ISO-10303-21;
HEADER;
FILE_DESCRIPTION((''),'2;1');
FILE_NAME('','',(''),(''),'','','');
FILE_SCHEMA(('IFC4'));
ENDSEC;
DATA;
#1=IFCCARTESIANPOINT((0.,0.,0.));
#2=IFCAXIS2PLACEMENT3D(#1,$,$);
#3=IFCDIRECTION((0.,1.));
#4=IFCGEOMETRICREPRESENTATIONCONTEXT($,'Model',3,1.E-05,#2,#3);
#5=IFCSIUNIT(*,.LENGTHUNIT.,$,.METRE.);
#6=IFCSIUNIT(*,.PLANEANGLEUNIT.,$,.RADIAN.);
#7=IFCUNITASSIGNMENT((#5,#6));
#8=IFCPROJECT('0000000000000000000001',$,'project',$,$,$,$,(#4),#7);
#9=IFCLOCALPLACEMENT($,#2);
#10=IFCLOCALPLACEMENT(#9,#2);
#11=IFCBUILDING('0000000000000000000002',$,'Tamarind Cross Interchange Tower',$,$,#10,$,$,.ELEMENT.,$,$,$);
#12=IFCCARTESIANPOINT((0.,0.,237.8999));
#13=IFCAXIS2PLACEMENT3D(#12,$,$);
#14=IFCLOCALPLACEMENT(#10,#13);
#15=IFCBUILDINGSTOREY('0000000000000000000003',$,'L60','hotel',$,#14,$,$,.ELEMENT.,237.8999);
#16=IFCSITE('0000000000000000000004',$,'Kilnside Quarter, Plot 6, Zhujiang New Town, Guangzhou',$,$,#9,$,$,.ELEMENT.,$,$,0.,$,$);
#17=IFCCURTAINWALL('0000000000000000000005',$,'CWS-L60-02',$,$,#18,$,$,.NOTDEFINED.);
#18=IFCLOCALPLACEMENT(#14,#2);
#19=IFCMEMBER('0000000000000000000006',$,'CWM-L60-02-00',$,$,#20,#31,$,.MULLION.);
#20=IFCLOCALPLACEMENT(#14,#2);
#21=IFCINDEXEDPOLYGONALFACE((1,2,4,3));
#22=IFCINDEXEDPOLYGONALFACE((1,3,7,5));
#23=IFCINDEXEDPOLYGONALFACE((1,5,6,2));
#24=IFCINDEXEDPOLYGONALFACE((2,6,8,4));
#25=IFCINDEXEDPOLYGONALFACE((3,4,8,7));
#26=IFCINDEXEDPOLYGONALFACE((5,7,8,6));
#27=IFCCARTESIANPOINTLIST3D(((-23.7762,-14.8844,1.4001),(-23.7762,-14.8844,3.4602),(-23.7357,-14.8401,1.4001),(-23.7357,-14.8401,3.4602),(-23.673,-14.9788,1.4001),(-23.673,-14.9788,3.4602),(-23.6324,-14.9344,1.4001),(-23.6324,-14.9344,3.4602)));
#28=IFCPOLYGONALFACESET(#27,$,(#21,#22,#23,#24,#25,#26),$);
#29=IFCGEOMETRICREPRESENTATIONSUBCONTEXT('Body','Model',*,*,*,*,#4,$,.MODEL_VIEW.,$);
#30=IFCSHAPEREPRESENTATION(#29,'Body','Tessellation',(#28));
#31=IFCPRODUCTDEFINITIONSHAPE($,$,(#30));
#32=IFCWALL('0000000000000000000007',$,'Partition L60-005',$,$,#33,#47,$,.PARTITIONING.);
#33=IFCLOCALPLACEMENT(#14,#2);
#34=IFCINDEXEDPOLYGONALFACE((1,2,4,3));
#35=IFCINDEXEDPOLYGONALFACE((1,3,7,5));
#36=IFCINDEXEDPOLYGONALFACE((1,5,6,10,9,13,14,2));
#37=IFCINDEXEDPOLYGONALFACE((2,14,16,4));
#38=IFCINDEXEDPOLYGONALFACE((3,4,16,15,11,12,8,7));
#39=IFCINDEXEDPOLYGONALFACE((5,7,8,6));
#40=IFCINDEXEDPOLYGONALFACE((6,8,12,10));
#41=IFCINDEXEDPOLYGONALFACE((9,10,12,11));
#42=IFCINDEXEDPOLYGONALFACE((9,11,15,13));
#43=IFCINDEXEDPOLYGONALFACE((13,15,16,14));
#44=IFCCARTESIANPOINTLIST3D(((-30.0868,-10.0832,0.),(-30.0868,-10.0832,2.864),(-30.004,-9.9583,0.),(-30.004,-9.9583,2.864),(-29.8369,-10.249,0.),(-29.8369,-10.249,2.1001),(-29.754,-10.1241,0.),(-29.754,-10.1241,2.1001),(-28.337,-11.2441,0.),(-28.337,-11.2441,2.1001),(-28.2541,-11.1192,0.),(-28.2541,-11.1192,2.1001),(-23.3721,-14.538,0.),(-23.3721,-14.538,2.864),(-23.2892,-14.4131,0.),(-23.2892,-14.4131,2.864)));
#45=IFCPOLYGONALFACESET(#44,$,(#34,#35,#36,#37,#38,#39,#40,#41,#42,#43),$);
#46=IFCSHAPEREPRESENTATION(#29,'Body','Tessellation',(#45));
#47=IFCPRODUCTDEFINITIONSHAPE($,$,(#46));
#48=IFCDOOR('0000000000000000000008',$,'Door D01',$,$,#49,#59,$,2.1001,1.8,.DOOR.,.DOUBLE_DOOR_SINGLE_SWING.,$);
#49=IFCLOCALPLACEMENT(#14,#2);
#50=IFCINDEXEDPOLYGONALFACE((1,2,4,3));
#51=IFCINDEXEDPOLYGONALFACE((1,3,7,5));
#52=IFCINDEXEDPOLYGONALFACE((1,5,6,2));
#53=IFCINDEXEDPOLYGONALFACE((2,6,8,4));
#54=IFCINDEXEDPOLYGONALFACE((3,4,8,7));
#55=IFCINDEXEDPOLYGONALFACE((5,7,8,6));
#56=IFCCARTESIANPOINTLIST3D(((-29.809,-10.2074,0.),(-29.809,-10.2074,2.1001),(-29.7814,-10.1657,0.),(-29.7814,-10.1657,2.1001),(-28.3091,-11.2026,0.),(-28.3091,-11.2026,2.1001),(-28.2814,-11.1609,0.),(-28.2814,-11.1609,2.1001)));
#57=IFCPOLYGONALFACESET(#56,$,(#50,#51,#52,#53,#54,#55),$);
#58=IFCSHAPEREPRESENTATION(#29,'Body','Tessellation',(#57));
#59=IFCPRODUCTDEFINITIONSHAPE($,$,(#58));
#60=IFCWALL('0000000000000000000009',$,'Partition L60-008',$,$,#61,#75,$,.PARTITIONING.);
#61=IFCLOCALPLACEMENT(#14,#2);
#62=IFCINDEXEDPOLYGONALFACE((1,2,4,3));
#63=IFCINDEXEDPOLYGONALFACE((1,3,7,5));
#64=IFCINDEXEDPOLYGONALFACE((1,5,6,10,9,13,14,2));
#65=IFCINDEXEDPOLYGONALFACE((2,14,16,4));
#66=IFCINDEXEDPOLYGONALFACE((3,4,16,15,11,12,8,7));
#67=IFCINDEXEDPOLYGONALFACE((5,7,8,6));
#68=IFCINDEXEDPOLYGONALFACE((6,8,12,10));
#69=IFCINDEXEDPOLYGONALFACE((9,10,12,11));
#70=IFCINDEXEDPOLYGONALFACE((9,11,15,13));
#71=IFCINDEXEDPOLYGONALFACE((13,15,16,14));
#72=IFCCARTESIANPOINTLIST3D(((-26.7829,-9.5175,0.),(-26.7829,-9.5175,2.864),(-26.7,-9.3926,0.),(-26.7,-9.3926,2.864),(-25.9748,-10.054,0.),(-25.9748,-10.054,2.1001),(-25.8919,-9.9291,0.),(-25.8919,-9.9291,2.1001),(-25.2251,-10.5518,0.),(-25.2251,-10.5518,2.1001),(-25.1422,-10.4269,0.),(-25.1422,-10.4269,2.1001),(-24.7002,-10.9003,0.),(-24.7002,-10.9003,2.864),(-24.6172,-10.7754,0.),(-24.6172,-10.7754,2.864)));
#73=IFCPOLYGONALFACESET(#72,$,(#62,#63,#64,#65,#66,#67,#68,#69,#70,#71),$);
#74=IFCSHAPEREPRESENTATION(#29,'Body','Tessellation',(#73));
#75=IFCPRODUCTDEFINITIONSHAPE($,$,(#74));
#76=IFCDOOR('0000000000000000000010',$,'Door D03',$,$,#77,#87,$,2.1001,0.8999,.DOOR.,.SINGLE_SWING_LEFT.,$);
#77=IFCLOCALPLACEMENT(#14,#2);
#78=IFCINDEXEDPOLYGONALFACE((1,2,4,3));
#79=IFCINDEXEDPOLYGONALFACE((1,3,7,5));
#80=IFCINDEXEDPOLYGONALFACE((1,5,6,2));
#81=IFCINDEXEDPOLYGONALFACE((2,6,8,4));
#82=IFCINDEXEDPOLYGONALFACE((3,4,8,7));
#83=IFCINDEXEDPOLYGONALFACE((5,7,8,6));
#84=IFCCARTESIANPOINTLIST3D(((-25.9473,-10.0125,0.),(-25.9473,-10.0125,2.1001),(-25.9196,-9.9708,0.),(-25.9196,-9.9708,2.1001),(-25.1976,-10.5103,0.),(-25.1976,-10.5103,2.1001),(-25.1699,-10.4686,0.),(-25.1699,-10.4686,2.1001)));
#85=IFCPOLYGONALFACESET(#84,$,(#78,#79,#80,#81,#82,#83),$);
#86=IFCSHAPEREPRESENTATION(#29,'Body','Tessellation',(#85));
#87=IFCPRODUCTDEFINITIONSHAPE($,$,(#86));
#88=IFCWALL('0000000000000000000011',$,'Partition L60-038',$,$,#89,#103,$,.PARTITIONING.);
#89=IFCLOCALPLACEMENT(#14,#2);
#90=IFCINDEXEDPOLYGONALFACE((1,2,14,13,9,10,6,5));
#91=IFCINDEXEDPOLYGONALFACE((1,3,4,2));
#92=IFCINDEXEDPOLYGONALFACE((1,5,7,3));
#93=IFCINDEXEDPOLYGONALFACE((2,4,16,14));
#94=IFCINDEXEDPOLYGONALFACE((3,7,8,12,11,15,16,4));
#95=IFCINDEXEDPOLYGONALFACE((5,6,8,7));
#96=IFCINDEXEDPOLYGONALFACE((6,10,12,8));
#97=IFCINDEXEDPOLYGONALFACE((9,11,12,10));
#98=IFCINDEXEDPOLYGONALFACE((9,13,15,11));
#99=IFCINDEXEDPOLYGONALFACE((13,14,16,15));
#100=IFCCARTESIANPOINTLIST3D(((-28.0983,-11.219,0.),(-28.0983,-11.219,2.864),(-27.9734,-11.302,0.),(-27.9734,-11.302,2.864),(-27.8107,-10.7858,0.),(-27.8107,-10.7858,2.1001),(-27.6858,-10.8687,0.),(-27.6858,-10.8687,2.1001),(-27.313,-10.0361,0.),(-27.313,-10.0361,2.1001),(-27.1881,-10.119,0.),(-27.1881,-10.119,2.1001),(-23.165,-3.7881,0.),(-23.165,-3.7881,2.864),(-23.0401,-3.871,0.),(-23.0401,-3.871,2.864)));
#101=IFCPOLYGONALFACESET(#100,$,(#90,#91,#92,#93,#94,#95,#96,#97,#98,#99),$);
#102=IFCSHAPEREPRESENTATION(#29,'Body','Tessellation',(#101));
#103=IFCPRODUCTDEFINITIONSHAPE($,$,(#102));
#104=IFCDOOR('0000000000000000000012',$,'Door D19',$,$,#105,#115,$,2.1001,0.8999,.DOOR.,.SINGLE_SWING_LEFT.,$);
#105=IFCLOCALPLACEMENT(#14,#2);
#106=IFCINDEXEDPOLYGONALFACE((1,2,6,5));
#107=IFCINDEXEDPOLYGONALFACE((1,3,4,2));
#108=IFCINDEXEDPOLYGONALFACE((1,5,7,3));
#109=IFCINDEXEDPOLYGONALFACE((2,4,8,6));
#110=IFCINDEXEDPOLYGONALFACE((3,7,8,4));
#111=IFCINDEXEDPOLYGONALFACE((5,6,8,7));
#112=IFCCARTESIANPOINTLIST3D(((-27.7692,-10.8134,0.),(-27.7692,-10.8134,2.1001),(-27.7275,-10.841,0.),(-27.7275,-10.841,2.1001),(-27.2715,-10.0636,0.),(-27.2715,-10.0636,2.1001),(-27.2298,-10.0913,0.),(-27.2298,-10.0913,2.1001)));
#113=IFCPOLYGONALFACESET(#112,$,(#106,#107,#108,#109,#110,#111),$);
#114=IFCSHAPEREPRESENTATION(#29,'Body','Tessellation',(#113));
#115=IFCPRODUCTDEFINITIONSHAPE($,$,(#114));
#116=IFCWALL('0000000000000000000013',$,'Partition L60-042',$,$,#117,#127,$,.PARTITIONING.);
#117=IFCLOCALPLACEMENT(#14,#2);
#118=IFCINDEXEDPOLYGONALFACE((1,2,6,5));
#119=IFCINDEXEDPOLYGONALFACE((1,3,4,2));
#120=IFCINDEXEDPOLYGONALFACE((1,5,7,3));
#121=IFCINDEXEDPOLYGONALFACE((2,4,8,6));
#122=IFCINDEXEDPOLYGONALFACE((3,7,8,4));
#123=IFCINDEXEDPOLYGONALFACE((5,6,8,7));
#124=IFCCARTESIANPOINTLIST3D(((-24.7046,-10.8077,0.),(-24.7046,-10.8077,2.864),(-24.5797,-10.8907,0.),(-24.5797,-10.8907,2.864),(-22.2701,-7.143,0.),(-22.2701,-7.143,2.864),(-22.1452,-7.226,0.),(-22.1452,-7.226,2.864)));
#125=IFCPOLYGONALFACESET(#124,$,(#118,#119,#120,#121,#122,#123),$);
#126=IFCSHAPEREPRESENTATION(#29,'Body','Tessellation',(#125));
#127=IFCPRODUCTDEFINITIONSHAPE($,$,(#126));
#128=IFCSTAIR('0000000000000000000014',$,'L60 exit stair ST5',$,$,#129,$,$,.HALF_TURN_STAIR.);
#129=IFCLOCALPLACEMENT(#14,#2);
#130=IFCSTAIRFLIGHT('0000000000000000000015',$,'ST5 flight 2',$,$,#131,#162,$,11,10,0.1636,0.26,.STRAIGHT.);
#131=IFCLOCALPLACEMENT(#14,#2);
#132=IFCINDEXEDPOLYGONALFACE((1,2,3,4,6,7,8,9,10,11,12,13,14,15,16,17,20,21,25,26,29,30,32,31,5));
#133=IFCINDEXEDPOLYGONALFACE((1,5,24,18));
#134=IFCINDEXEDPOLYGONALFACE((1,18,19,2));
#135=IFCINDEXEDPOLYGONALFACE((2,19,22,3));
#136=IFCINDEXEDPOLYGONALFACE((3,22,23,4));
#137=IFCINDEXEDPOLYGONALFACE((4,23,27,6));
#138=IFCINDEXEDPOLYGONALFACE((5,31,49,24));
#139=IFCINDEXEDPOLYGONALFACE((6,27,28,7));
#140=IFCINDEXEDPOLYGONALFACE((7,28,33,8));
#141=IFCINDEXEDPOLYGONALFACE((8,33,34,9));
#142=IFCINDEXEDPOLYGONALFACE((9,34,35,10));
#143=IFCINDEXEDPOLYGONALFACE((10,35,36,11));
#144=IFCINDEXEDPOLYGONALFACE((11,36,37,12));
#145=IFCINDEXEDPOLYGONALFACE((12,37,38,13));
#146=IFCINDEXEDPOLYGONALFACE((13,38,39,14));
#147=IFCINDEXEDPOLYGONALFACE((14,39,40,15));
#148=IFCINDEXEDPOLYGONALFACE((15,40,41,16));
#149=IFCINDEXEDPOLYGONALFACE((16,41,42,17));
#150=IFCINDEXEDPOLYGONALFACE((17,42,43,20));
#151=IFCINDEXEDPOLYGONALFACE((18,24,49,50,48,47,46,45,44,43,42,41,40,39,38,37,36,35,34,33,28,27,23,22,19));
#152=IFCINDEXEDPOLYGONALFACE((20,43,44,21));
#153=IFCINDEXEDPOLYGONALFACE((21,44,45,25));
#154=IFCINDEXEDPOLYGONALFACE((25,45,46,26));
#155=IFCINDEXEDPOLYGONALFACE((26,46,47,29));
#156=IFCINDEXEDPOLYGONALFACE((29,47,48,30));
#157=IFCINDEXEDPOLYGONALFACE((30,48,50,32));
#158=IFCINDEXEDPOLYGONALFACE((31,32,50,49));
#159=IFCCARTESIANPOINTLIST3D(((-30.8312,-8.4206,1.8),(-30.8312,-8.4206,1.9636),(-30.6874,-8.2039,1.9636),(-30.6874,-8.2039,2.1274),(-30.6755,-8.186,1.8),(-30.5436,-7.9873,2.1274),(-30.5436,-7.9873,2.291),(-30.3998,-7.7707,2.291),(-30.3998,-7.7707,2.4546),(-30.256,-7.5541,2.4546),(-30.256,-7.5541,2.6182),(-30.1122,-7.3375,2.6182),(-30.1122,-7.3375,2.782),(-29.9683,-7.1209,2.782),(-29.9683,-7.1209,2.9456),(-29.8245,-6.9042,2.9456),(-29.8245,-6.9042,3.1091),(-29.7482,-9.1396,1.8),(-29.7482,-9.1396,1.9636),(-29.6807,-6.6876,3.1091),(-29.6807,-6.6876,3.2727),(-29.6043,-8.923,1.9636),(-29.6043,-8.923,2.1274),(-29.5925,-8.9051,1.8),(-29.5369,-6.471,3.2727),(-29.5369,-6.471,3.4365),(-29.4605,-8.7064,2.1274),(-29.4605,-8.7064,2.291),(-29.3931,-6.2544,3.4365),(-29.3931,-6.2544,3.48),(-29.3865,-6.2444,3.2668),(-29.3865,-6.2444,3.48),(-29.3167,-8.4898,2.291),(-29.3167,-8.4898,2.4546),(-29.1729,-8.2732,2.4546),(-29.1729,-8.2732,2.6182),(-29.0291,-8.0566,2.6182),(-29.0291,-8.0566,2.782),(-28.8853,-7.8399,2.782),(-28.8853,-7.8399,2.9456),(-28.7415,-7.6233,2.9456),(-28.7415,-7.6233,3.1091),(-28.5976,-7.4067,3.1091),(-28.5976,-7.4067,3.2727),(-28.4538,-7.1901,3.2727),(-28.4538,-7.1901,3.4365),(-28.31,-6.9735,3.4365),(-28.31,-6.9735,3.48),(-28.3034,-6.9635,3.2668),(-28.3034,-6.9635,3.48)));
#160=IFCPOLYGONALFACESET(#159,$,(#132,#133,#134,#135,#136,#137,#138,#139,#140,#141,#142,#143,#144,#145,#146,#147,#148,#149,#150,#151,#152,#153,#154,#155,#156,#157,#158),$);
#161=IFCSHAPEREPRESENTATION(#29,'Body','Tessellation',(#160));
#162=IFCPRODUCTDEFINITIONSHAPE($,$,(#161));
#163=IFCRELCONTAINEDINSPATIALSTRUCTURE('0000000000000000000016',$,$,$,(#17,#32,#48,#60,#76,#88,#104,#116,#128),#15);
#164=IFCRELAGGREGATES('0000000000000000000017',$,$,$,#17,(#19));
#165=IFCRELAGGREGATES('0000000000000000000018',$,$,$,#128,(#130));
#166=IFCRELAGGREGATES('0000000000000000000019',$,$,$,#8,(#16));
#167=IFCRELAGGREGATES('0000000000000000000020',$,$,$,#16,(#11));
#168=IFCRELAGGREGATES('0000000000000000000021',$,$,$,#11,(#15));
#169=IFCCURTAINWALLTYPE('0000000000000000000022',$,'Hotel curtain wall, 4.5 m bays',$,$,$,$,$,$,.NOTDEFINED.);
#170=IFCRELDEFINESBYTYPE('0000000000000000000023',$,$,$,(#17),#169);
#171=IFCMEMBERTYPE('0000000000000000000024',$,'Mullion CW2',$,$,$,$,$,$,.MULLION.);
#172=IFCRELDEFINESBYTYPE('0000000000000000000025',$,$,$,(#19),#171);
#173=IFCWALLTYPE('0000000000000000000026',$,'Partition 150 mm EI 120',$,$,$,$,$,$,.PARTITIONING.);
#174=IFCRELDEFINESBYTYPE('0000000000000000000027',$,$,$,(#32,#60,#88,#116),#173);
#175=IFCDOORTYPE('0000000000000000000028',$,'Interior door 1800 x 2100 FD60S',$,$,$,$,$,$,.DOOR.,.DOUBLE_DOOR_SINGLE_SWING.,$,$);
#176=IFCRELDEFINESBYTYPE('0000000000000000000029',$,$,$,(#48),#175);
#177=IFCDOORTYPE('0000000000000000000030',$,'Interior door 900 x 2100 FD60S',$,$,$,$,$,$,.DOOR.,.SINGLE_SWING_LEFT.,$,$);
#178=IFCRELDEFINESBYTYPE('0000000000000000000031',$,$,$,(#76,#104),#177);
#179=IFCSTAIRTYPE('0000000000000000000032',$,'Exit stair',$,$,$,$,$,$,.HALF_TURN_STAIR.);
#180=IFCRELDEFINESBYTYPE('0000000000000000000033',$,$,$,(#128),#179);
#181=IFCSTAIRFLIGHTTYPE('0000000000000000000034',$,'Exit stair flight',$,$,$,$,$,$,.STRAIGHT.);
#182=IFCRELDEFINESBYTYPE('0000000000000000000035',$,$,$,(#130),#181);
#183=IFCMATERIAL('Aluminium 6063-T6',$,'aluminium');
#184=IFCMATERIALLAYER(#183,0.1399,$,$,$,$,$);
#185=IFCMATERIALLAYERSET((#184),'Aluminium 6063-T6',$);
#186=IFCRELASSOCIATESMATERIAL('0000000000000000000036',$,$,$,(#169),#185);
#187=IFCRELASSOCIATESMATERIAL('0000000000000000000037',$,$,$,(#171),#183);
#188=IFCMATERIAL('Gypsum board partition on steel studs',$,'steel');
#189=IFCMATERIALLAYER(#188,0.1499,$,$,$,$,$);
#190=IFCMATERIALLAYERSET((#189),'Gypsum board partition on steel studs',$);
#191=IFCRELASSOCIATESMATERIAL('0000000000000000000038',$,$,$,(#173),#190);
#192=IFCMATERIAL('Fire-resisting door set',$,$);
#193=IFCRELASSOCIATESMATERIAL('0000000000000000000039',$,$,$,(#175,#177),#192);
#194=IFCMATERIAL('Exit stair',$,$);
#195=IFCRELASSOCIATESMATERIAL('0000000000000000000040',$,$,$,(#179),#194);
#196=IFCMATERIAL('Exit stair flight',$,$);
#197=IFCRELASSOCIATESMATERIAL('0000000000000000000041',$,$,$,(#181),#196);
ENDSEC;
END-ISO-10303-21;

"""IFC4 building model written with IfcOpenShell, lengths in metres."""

from ifc_helpers import new_model, si_unit, direction, frame, frame_2d, origin, origin_2d, place, context, subcontext, project, spatial, polyline, rectangle, outline, extrude, material, layer, layer_set, material_profile, profile_set, type_object, element, fill, aggregate, save


model = new_model("IFC4")

# Units and contexts
model_context = context("Model", 3, precision=1e-05, world=origin(), true_north=direction((0.0, 1.0)))
body_context = subcontext(model_context, "Body", "Model", "MODEL_VIEW")
ifc_project = project(units=[si_unit("LENGTHUNIT", "METRE"), si_unit("PLANEANGLEUNIT", "RADIAN")], contexts=[model_context])

# Site, building, storey
site_placement = place(None, origin())
site = spatial("IfcSite", under=ifc_project, at=site_placement, Name="Kilnside Quarter, Plot 6, Zhujiang New Town, Guangzhou", CompositionType="ELEMENT", RefElevation=0.0)
building_placement = place(site_placement, origin())
building = spatial("IfcBuilding", under=site, at=building_placement, Name="Tamarind Cross Interchange Tower", CompositionType="ELEMENT")
storey_placement = place(building_placement, frame((0.0, 0.0, 237.8999)))
storey = spatial("IfcBuildingStorey", under=building, at=storey_placement, Name="L60", Description="hotel", CompositionType="ELEMENT", Elevation=237.8999)

# Shared definitions
ifc_material_1 = material(Name="Aluminium 6063-T6", Category="aluminium")
ifc_layer_1 = layer(ifc_material_1, 0.1399)
ifc_layer_set_1 = layer_set([ifc_layer_1], Name="Aluminium 6063-T6")
curtain_wall_type = type_object("IfcCurtainWallType", Name="Hotel curtain wall, 4.5 m bays", PredefinedType="NOTDEFINED", material=ifc_layer_set_1)
ifc_material_profile_1 = material_profile(ifc_material_1, rectangle(XDim=0.0601, YDim=0.1399, at=origin_2d()), Name="Mullion CW2")
ifc_profile_set_1 = profile_set([ifc_material_profile_1], Name="Aluminium 6063-T6")
member_type = type_object("IfcMemberType", Name="Mullion CW2", PredefinedType="MULLION", material=ifc_profile_set_1)

# Curtain wall, member
curtain_wall_1_placement = place(storey_placement, origin())
curtain_wall_1 = element("IfcCurtainWall", 1, at=curtain_wall_1_placement, inside=storey, type_object=curtain_wall_type, Name="CWS-L60-02", PredefinedType="NOTDEFINED")
member_1_placement = place(storey_placement, frame((-23.7043, -14.9094, 1.4001), z_axis=(0.0, 0.0, 1.0), x_axis=(0.674415, 0.738352, 0.0)))
member_1 = element("IfcMember", 2, at=member_1_placement, type_object=member_type, Name="CWM-L60-02-00", PredefinedType="MULLION", context=body_context, shape_type="SweptSolid", body=[
    extrude(rectangle(XDim=0.0601, YDim=0.1399, at=origin_2d()), origin(), (0.0, 0.0, 1.0), 2.0601),
])
aggregate(curtain_wall_1, [member_1])

# Walls, openings, doors
ifc_material_2 = material(Name="Gypsum board partition on steel studs", Category="steel")
ifc_layer_2 = layer(ifc_material_2, 0.1499)
ifc_layer_set_2 = layer_set([ifc_layer_2], Name="Gypsum board partition on steel studs")
wall_type = type_object("IfcWallType", Name="Partition 150 mm EI 120", PredefinedType="PARTITIONING", material=ifc_layer_set_2)
wall_1_placement = place(storey_placement, frame((-30.0454, -10.0208, 0.0), z_axis=(0.0, 0.0, 1.0), x_axis=(0.833293, -0.552832, 0.0)))
wall_1 = element("IfcWall", 3, at=wall_1_placement, inside=storey, type_object=wall_type, Name="Partition L60-005", PredefinedType="PARTITIONING", context=body_context, shape_type="SweptSolid", body=[
    extrude(rectangle(XDim=8.0581, YDim=0.1499, at=frame_2d((4.0291, 0.0))), origin(), (0.0, 0.0, 1.0), 2.864),
])
opening_1_placement = place(wall_1_placement, frame((0.3, 0.0, 0.0)))
opening_1 = element("IfcOpeningElement", 4, at=opening_1_placement, cuts=wall_1, PredefinedType="OPENING", context=body_context, shape_type="SweptSolid", body=[
    extrude(rectangle(XDim=1.8, YDim=2.1001, at=frame_2d((0.8999, 1.05))), frame((0.0, 0.085, 0.0), z_axis=(0.0, -1.0, 0.0), x_axis=(1.0, 0.0, 0.0)), (0.0, 0.0, 1.0), 0.1699),
])
ifc_material_3 = material(Name="Fire-resisting door set")
door_type_1 = type_object("IfcDoorType", Name="Interior door 1800 x 2100 FD60S", OperationType="DOUBLE_DOOR_SINGLE_SWING", PredefinedType="DOOR", material=ifc_material_3)
door_1_placement = place(opening_1_placement, frame((1.8, 0.0, 0.0), z_axis=(0.0, 0.0, 1.0), x_axis=(-1.0, 0.0, 0.0)))
door_1 = element("IfcDoor", 5, at=door_1_placement, inside=storey, type_object=door_type_1, Name="Door D01", OperationType="DOUBLE_DOOR_SINGLE_SWING", OverallHeight=2.1001, OverallWidth=1.8, PredefinedType="DOOR", context=body_context, shape_type="SweptSolid", body=[
    extrude(rectangle(XDim=1.8, YDim=2.1001, at=frame_2d((0.8999, 1.05))), frame((0.0, 0.0249, 0.0), z_axis=(0.0, -1.0, 0.0), x_axis=(1.0, 0.0, 0.0)), (0.0, 0.0, 1.0), 0.05),
])
fill(opening_1, door_1)
wall_2_placement = place(storey_placement, frame((-26.7415, -9.4551, 0.0), z_axis=(0.0, 0.0, 1.0), x_axis=(0.8331, -0.553122, 0.0)))
wall_2 = element("IfcWall", 6, at=wall_2_placement, inside=storey, type_object=wall_type, Name="Partition L60-008", PredefinedType="PARTITIONING", context=body_context, shape_type="SweptSolid", body=[
    extrude(rectangle(XDim=2.5, YDim=0.1499, at=frame_2d((1.25, 0.0))), origin(), (0.0, 0.0, 1.0), 2.864),
])
opening_2_placement = place(wall_2_placement, frame((0.97, 0.0, 0.0)))
opening_2 = element("IfcOpeningElement", 7, at=opening_2_placement, cuts=wall_2, PredefinedType="OPENING", context=body_context, shape_type="SweptSolid", body=[
    extrude(rectangle(XDim=0.8999, YDim=2.1001, at=frame_2d((0.45, 1.05))), frame((0.0, 0.085, 0.0), z_axis=(0.0, -1.0, 0.0), x_axis=(1.0, 0.0, 0.0)), (0.0, 0.0, 1.0), 0.1699),
])
door_type_2 = type_object("IfcDoorType", Name="Interior door 900 x 2100 FD60S", OperationType="SINGLE_SWING_LEFT", PredefinedType="DOOR", material=ifc_material_3)
door_2_placement = place(opening_2_placement, origin())
door_2 = element("IfcDoor", 8, at=door_2_placement, inside=storey, type_object=door_type_2, Name="Door D03", OperationType="SINGLE_SWING_LEFT", OverallHeight=2.1001, OverallWidth=0.8999, PredefinedType="DOOR", context=body_context, shape_type="SweptSolid", body=[
    extrude(rectangle(XDim=0.8999, YDim=2.1001, at=frame_2d((0.45, 1.05))), frame((0.0, 0.0249, 0.0), z_axis=(0.0, -1.0, 0.0), x_axis=(1.0, 0.0, 0.0)), (0.0, 0.0, 1.0), 0.05),
])
fill(opening_2, door_2)
wall_3_placement = place(storey_placement, frame((-28.0359, -11.2605, 0.0), z_axis=(0.0, 0.0, 1.0), x_axis=(0.553101, 0.833114, 0.0)))
wall_3 = element("IfcWall", 9, at=wall_3_placement, inside=storey, type_object=wall_type, Name="Partition L60-038", PredefinedType="PARTITIONING", context=body_context, shape_type="SweptSolid", body=[
    extrude(rectangle(XDim=8.9194, YDim=0.1499, at=frame_2d((4.4597, 0.0))), origin(), (0.0, 0.0, 1.0), 2.864),
])
opening_3_placement = place(wall_3_placement, frame((0.52, 0.0, 0.0)))
opening_3 = element("IfcOpeningElement", 10, at=opening_3_placement, cuts=wall_3, PredefinedType="OPENING", context=body_context, shape_type="SweptSolid", body=[
    extrude(rectangle(XDim=0.8999, YDim=2.1001, at=frame_2d((0.45, 1.05))), frame((0.0, 0.085, 0.0), z_axis=(0.0, -1.0, 0.0), x_axis=(1.0, 0.0, 0.0)), (0.0, 0.0, 1.0), 0.1699),
])
door_3_placement = place(opening_3_placement, frame((0.8999, 0.0, 0.0), z_axis=(0.0, 0.0, 1.0), x_axis=(-1.0, 0.0, 0.0)))
door_3 = element("IfcDoor", 11, at=door_3_placement, inside=storey, type_object=door_type_2, Name="Door D19", OperationType="SINGLE_SWING_LEFT", OverallHeight=2.1001, OverallWidth=0.8999, PredefinedType="DOOR", context=body_context, shape_type="SweptSolid", body=[
    extrude(rectangle(XDim=0.8999, YDim=2.1001, at=frame_2d((0.45, 1.05))), frame((0.0, 0.0249, 0.0), z_axis=(0.0, -1.0, 0.0), x_axis=(1.0, 0.0, 0.0)), (0.0, 0.0, 1.0), 0.05),
])
fill(opening_3, door_3)

# Wall
wall_4_placement = place(storey_placement, frame((-24.6421, -10.8491, 0.0), z_axis=(0.0, 0.0, 1.0), x_axis=(0.553342, 0.832954, 0.0)))
element("IfcWall", 12, at=wall_4_placement, inside=storey, type_object=wall_type, Name="Partition L60-042", PredefinedType="PARTITIONING", context=body_context, shape_type="SweptSolid", body=[
    extrude(rectangle(XDim=4.3997, YDim=0.1499, at=frame_2d((2.1997, 0.0))), origin(), (0.0, 0.0, 1.0), 2.864),
])

# Stair, stair flight
ifc_material_4 = material(Name="Exit stair")
stair_type = type_object("IfcStairType", Name="Exit stair", PredefinedType="HALF_TURN_STAIR", material=ifc_material_4)
stair_placement = place(storey_placement, origin())
stair = element("IfcStair", 13, at=stair_placement, inside=storey, type_object=stair_type, Name="L60 exit stair ST5", PredefinedType="HALF_TURN_STAIR")
ifc_material_5 = material(Name="Exit stair flight")
stair_flight_type = type_object("IfcStairFlightType", Name="Exit stair flight", PredefinedType="STRAIGHT", material=ifc_material_5)
stair_flight_placement = place(storey_placement, frame((-30.2898, -8.78, 1.8), z_axis=(0.0, 0.0, 1.0), x_axis=(0.553112, 0.833107, 0.0)))
stair_flight = element("IfcStairFlight", 14, at=stair_flight_placement, type_object=stair_flight_type, Name="ST5 flight 2", NumberOfRisers=11, NumberOfTreads=10, PredefinedType="STRAIGHT", RiserHeight=0.1636, TreadLength=0.26, context=body_context, shape_type="SweptSolid", body=[
    extrude(outline(polyline([(0.0, 0.0), (0.0, 0.1636), (0.26, 0.1636), (0.26, 0.3274), (0.52, 0.3274), (0.52, 0.491), (0.78, 0.491), (0.78, 0.6545), (1.04, 0.6545), (1.04, 0.8181), (1.3, 0.8181), (1.3, 0.9819), (1.5601, 0.9819), (1.5601, 1.1455), (1.8201, 1.1455), (1.8201, 1.3091), (2.0801, 1.3091), (2.0801, 1.4727), (2.3401, 1.4727), (2.3401, 1.6365), (2.6001, 1.6365), (2.6001, 1.6799), (2.6121, 1.6799), (2.6121, 1.4668), (0.2815, 0.0), (0.0, 0.0)])), frame((0.0, 0.6499, 0.0), z_axis=(0.0, -1.0, 0.0), x_axis=(1.0, 0.0, 0.0)), (0.0, 0.0, 1.0), 1.3),
])
aggregate(stair, [stair_flight])

save(model, "model.ifc")
